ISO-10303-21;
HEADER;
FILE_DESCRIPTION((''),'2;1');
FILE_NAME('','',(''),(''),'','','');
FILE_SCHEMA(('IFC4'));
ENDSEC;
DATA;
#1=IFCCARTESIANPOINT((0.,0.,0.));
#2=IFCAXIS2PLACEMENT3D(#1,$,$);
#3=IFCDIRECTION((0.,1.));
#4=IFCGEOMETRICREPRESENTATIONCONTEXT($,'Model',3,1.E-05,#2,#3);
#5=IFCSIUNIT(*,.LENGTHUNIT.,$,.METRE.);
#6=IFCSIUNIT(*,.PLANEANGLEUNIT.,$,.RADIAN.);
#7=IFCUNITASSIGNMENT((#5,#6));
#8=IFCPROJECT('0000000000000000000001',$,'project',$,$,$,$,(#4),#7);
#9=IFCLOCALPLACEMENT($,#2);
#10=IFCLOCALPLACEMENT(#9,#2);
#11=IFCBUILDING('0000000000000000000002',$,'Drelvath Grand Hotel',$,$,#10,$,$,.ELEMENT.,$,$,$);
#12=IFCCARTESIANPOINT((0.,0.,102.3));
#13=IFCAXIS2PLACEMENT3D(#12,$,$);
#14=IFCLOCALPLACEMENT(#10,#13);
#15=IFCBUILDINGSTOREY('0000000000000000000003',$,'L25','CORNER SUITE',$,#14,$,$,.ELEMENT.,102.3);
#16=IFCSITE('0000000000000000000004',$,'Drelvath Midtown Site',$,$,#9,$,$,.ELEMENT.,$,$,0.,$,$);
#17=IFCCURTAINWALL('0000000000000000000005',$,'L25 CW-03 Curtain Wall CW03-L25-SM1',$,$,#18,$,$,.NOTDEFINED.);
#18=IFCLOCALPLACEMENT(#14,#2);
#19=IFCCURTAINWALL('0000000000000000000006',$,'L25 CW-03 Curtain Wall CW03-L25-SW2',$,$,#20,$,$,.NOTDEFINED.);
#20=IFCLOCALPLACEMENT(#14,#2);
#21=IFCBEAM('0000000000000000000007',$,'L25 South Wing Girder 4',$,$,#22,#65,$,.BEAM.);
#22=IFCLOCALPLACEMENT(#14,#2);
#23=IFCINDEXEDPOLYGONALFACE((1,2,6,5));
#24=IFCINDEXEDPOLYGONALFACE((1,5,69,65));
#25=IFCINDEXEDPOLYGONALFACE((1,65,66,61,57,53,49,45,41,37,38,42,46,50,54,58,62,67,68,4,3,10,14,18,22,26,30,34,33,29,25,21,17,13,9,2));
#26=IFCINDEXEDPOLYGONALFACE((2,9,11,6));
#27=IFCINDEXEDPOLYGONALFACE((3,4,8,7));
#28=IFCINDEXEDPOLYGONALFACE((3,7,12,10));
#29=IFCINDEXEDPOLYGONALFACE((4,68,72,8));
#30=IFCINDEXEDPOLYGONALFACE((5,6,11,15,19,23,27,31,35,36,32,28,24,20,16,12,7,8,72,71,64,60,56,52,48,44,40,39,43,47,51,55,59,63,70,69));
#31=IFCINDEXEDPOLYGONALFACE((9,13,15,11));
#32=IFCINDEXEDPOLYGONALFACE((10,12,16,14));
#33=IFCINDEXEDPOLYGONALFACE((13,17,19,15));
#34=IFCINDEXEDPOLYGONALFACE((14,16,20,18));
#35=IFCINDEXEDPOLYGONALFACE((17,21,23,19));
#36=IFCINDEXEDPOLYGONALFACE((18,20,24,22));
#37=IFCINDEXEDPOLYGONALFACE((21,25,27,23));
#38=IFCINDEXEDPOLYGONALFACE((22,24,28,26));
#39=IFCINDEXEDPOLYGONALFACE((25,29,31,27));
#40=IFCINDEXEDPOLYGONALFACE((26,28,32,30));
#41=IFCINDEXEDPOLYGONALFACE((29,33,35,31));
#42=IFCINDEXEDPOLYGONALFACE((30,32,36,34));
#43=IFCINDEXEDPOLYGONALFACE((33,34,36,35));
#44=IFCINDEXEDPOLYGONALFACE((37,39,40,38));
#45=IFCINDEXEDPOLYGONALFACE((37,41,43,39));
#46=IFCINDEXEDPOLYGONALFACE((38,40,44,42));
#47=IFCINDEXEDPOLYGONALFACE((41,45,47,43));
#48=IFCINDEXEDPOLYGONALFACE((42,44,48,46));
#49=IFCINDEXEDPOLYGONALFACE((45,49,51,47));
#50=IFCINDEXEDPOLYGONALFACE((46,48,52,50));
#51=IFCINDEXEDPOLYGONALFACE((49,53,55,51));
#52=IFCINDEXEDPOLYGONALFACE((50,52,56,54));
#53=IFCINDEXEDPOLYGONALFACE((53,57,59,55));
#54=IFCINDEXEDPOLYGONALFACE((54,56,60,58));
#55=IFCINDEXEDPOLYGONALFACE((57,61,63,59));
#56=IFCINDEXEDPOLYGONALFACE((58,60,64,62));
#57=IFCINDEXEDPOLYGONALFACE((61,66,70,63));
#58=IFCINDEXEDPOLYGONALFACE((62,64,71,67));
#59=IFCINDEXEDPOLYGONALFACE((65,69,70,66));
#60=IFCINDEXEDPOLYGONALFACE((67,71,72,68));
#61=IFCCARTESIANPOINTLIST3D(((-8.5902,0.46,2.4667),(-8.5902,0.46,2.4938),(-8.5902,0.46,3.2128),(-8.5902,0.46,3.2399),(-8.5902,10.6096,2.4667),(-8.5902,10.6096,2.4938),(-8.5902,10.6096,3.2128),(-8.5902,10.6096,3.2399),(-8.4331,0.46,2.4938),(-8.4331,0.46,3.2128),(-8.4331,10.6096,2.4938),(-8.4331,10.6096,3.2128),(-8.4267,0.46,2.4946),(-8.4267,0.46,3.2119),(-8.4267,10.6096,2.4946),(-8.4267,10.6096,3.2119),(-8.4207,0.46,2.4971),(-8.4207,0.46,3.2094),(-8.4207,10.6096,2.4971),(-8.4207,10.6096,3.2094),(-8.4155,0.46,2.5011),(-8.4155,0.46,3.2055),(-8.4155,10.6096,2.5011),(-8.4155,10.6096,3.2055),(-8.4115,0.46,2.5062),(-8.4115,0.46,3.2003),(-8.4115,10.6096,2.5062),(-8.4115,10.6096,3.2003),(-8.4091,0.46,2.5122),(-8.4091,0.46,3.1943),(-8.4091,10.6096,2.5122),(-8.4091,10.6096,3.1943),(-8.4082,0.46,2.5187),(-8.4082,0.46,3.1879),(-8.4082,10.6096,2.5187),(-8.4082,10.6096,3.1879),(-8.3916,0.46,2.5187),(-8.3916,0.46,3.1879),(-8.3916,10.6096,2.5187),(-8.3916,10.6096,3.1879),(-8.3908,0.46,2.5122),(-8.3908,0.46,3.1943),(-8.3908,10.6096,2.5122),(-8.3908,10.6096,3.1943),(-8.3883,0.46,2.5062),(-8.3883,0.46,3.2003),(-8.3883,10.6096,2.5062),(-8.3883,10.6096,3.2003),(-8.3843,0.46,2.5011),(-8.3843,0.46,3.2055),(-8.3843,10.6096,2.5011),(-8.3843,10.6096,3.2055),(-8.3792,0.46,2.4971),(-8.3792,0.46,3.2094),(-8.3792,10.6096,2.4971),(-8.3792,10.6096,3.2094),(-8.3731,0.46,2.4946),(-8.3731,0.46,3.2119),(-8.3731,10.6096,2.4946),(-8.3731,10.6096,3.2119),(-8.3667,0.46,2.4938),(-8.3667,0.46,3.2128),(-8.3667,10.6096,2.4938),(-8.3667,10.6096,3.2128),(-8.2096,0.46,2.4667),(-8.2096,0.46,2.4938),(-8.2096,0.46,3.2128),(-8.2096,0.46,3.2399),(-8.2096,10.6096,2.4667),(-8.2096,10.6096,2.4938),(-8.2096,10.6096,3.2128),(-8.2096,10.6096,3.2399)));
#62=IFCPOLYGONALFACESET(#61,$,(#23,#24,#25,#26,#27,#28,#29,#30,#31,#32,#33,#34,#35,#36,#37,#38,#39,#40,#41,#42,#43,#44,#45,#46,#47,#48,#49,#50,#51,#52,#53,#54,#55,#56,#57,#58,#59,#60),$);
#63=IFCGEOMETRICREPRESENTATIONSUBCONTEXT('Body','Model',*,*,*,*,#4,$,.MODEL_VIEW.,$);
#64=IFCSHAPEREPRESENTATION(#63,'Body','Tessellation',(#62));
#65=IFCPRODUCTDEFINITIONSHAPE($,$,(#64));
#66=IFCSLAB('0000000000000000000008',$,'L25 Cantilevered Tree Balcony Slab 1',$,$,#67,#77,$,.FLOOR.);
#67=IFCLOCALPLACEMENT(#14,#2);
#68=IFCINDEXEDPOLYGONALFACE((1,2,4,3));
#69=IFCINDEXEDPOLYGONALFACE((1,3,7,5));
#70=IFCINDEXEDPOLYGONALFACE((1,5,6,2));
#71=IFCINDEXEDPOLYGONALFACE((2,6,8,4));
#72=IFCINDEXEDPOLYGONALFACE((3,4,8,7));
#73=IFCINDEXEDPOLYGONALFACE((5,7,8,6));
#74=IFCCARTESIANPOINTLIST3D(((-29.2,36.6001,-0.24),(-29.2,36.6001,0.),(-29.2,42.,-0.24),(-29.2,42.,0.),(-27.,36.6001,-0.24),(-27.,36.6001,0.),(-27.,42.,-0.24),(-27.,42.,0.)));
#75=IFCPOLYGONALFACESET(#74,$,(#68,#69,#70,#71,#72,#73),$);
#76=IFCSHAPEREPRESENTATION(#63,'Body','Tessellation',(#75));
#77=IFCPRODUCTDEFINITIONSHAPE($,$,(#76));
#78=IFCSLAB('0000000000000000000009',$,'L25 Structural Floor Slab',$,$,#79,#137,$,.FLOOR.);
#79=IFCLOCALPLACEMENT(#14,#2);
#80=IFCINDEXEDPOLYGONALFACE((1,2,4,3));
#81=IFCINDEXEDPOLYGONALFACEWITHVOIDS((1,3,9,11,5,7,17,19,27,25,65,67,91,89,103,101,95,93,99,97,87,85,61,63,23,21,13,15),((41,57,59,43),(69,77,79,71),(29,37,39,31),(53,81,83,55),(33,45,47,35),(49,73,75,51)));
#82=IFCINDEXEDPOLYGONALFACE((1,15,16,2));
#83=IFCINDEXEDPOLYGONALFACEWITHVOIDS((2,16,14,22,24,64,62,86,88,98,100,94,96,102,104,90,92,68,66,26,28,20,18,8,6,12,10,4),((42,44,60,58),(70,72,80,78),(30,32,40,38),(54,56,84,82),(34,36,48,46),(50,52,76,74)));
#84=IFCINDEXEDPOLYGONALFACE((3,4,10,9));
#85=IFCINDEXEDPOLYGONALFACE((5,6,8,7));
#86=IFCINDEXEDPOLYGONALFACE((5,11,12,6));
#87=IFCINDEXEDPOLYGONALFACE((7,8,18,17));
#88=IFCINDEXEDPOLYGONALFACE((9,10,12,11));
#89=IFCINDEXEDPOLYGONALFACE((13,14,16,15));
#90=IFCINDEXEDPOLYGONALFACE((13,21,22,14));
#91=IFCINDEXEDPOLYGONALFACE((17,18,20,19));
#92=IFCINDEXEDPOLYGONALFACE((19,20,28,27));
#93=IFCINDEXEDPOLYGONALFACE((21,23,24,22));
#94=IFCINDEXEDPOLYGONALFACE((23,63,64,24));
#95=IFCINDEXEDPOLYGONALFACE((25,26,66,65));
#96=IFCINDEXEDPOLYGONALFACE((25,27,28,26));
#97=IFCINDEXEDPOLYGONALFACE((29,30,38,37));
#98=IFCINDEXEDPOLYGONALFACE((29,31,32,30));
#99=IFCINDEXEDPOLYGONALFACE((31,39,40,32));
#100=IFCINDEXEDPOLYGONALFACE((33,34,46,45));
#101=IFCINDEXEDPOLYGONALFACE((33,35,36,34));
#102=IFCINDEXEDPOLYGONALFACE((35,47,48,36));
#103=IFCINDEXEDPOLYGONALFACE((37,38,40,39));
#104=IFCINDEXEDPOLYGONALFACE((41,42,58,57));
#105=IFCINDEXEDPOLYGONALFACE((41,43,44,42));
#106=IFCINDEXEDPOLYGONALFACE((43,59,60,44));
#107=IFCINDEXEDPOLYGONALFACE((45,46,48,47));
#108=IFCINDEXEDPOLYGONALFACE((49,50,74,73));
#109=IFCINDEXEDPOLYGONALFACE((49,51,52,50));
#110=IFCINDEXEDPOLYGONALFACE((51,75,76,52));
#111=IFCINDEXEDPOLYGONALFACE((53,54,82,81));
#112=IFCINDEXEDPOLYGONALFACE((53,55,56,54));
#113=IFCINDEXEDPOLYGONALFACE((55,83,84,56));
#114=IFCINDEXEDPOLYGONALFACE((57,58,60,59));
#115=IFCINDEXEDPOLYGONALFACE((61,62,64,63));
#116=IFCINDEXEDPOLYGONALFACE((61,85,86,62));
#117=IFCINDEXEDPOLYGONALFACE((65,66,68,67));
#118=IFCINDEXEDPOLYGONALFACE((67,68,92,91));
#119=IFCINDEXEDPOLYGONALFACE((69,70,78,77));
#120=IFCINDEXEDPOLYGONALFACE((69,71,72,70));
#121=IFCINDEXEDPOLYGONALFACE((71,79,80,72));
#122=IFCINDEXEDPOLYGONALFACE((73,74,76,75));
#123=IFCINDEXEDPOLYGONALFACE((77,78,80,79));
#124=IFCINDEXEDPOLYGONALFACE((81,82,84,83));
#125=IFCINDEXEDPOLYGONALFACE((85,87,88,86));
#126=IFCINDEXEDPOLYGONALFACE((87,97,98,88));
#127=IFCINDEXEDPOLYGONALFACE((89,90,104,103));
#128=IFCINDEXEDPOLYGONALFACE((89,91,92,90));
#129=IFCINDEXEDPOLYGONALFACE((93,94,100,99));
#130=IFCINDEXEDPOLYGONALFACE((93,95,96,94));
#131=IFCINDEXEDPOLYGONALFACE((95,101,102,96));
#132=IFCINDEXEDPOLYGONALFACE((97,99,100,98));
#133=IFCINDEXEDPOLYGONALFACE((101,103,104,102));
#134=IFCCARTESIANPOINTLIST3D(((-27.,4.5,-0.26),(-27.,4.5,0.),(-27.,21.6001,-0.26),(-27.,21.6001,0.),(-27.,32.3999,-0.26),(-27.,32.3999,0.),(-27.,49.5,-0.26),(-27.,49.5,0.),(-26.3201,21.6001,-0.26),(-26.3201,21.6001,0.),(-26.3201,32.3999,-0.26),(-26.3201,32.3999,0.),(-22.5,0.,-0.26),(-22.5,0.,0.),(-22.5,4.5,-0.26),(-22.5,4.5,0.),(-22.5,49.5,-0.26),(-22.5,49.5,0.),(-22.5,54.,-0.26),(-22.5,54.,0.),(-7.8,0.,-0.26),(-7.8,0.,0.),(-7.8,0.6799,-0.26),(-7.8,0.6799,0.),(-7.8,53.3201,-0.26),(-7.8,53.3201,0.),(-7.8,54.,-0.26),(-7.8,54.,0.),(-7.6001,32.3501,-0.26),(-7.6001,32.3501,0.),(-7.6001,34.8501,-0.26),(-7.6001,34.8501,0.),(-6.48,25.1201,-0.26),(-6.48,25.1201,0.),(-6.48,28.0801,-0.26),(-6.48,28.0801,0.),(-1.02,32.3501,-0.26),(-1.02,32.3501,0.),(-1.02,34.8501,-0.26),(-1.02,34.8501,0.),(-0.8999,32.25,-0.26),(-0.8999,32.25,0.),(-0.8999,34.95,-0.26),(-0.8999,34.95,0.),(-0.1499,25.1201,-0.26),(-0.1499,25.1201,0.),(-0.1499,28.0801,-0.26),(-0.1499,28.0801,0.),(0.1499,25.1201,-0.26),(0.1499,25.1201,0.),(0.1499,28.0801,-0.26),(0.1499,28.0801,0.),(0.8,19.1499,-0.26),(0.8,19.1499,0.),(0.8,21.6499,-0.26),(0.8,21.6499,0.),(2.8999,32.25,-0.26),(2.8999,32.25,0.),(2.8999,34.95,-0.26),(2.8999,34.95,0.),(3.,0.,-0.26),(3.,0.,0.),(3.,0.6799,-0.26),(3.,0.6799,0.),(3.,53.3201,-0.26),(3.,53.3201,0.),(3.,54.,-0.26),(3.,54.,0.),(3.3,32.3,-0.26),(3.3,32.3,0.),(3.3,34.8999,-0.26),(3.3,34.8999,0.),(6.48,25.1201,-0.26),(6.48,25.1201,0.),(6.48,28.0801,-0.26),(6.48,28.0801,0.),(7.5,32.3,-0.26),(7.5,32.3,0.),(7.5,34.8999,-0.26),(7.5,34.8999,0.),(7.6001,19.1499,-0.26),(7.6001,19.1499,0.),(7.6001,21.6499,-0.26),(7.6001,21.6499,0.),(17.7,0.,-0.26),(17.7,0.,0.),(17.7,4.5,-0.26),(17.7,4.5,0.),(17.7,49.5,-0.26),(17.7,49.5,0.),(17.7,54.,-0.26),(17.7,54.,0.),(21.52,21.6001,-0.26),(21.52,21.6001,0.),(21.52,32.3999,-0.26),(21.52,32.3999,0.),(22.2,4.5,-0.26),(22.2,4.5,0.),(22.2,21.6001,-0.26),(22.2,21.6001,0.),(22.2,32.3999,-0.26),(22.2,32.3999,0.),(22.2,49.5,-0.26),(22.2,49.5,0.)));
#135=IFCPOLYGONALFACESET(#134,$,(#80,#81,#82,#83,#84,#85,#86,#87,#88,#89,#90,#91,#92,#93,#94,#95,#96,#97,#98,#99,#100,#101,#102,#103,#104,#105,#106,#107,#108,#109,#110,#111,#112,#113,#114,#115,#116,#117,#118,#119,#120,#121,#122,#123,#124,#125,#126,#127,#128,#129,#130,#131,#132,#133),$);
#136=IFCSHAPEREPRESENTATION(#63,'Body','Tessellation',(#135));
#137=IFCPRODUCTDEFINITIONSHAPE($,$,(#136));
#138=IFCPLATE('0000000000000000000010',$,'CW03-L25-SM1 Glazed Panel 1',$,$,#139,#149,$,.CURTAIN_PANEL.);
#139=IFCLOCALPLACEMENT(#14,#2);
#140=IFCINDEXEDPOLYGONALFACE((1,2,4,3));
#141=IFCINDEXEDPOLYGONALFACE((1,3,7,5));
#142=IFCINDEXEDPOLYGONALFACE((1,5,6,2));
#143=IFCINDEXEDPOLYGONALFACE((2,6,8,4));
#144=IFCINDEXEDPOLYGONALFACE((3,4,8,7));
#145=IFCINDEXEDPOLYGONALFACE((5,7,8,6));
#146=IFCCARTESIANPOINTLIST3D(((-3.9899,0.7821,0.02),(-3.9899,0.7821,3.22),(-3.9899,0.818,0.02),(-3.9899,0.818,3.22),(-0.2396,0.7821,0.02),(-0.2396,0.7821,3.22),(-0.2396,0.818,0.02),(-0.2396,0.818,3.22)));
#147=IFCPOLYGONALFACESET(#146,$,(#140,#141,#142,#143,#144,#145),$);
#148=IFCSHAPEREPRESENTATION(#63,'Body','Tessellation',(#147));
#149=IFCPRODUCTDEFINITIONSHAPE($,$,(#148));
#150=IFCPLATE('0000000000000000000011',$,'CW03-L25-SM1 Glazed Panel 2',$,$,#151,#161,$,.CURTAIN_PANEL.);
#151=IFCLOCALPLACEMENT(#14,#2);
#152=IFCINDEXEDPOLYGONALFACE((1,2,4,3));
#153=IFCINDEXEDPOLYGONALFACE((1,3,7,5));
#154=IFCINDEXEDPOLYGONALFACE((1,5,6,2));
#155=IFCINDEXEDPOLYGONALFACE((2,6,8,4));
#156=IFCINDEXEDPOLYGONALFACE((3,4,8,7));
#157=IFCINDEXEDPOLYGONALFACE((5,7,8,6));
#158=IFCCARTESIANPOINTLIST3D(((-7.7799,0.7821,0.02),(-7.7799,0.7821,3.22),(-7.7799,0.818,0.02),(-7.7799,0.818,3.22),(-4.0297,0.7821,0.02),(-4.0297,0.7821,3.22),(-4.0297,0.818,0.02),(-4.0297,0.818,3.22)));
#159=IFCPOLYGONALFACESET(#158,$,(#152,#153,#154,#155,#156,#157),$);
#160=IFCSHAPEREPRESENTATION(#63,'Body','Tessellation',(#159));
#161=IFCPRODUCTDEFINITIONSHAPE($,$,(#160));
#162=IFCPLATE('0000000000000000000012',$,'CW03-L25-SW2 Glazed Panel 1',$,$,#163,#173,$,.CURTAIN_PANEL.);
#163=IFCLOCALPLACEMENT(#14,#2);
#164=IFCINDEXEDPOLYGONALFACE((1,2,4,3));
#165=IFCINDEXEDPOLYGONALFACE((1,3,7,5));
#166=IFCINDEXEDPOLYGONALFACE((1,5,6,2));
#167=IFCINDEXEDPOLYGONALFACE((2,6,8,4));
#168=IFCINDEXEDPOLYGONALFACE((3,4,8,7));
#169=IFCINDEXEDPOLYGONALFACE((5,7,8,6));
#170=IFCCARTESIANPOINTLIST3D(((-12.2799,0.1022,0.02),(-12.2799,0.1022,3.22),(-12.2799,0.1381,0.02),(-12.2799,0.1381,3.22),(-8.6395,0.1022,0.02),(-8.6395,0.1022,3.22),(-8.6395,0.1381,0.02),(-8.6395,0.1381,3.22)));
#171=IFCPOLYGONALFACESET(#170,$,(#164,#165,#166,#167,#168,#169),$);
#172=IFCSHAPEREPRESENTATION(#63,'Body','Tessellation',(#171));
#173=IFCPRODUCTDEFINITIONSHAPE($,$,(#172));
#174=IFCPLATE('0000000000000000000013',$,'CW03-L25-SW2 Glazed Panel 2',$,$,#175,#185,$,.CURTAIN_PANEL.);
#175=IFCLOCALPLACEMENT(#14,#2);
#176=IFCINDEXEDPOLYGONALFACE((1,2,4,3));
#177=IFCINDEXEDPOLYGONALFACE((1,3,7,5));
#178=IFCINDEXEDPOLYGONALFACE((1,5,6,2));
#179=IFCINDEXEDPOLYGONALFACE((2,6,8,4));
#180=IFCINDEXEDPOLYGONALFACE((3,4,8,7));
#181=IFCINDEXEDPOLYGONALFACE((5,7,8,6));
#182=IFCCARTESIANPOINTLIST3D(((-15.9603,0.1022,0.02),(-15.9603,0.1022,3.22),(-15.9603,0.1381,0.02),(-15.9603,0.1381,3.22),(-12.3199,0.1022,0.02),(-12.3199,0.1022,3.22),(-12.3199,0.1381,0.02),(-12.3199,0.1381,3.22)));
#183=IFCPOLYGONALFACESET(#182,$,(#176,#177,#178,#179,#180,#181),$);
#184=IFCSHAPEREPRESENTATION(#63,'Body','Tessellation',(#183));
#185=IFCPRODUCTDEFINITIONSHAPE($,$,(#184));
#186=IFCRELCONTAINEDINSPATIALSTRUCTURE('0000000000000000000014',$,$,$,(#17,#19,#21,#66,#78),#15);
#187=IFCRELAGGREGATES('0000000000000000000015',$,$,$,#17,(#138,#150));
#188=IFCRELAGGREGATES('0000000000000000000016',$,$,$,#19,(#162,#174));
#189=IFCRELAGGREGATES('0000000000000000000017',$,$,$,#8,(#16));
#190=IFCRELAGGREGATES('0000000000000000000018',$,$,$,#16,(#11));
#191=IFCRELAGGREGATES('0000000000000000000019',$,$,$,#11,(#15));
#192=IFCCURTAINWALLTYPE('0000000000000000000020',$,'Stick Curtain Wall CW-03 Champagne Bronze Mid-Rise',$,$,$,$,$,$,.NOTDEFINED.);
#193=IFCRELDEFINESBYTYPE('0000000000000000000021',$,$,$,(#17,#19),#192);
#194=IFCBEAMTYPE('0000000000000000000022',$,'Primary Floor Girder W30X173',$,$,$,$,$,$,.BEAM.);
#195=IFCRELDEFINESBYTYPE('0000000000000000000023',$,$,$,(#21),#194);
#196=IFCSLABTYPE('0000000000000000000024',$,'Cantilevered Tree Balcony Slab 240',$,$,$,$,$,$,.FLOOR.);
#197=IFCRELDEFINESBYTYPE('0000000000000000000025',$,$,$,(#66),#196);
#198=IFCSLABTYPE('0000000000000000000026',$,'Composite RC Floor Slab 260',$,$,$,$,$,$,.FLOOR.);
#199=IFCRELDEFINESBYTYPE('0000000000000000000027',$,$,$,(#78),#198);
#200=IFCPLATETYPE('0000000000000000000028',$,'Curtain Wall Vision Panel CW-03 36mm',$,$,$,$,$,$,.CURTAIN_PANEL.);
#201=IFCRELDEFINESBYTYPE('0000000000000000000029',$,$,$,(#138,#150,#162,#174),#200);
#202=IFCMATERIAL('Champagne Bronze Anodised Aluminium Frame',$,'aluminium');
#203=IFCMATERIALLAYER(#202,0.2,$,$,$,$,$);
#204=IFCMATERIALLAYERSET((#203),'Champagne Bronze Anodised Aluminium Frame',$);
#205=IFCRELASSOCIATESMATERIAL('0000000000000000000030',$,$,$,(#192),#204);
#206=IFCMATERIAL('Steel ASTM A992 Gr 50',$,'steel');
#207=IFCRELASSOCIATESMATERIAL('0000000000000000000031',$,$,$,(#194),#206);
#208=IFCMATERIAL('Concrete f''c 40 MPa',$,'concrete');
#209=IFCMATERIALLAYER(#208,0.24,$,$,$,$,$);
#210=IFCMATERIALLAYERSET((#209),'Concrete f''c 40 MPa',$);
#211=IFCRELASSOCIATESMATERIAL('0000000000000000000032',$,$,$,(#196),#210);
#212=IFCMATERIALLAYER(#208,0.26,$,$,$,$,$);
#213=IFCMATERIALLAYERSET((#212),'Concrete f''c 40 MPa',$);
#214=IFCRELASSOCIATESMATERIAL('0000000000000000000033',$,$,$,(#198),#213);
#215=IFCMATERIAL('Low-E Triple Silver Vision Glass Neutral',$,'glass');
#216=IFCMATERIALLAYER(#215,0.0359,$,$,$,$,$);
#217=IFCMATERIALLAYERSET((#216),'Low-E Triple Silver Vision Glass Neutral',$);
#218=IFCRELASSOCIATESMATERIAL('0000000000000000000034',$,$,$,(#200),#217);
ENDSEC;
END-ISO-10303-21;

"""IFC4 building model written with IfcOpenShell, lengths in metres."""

from ifc_helpers import new_model, si_unit, direction, frame, origin, origin_2d, place, context, subcontext, project, spatial, polyline, rectangle, i_section, outline, extrude, material, layer, layer_set, material_profile, profile_set, type_object, element, aggregate, save


model = new_model("IFC4")

# Units and contexts
model_context = context("Model", 3, precision=1e-05, world=origin(), true_north=direction((0.0, 1.0)))
body_context = subcontext(model_context, "Body", "Model", "MODEL_VIEW")
ifc_project = project(units=[si_unit("LENGTHUNIT", "METRE"), si_unit("PLANEANGLEUNIT", "RADIAN")], contexts=[model_context])

# Site, building, storey
site_placement = place(None, origin())
site = spatial("IfcSite", under=ifc_project, at=site_placement, Name="Drelvath Midtown Site", CompositionType="ELEMENT", RefElevation=0.0)
building_placement = place(site_placement, origin())
building = spatial("IfcBuilding", under=site, at=building_placement, Name="Drelvath Grand Hotel", CompositionType="ELEMENT")
storey_placement = place(building_placement, frame((0.0, 0.0, 102.3)))
storey = spatial("IfcBuildingStorey", under=building, at=storey_placement, Name="L25", Description="CORNER SUITE", CompositionType="ELEMENT", Elevation=102.3)

# Shared definitions
ifc_material_1 = material(Name="Steel ASTM A992 Gr 50", Category="steel")

# Curtain walls
ifc_material_2 = material(Name="Champagne Bronze Anodised Aluminium Frame", Category="aluminium")
ifc_layer_1 = layer(ifc_material_2, 0.2)
ifc_layer_set_1 = layer_set([ifc_layer_1], Name="Champagne Bronze Anodised Aluminium Frame")
curtain_wall_type = type_object("IfcCurtainWallType", Name="Stick Curtain Wall CW-03 Champagne Bronze Mid-Rise", PredefinedType="NOTDEFINED", material=ifc_layer_set_1)
curtain_wall_1_placement = place(storey_placement, origin())
curtain_wall_1 = element("IfcCurtainWall", 1, at=curtain_wall_1_placement, inside=storey, type_object=curtain_wall_type, Name="L25 CW-03 Curtain Wall CW03-L25-SM1", PredefinedType="NOTDEFINED")
curtain_wall_2_placement = place(storey_placement, origin())
curtain_wall_2 = element("IfcCurtainWall", 2, at=curtain_wall_2_placement, inside=storey, type_object=curtain_wall_type, Name="L25 CW-03 Curtain Wall CW03-L25-SW2", PredefinedType="NOTDEFINED")

# Beam
ifc_material_profile_1 = material_profile(ifc_material_1, i_section(OverallWidth=0.3806, OverallDepth=0.7732, WebThickness=0.0166, FlangeThickness=0.0271, FilletRadius=0.0249, at=origin_2d()), Name="W30X173")
ifc_profile_set_1 = profile_set([ifc_material_profile_1], Name="Steel ASTM A992 Gr 50")
beam_type_1 = type_object("IfcBeamType", Name="Primary Floor Girder W30X173", PredefinedType="BEAM", material=ifc_profile_set_1)
beam_1_placement = place(storey_placement, frame((-8.3999, 0.46, 2.8533), z_axis=(0.0, 1.0, 0.0), x_axis=(-1.0, 0.0, 0.0)))
element("IfcBeam", 3, at=beam_1_placement, inside=storey, type_object=beam_type_1, Name="L25 South Wing Girder 4", PredefinedType="BEAM", context=body_context, shape_type="SweptSolid", body=[
    extrude(i_section(OverallWidth=0.3806, OverallDepth=0.7732, WebThickness=0.0166, FlangeThickness=0.0271, FilletRadius=0.0249, at=origin_2d()), origin(), (0.0, 0.0, 1.0), 10.1497),
])

# Slabs
ifc_material_3 = material(Name="Concrete f'c 40 MPa", Category="concrete")
ifc_layer_2 = layer(ifc_material_3, 0.24)
ifc_layer_set_2 = layer_set([ifc_layer_2], Name="Concrete f'c 40 MPa")
slab_type_1 = type_object("IfcSlabType", Name="Cantilevered Tree Balcony Slab 240", PredefinedType="FLOOR", material=ifc_layer_set_2)
slab_1_placement = place(storey_placement, frame((0.0, 0.0, -0.24)))
element("IfcSlab", 4, at=slab_1_placement, inside=storey, type_object=slab_type_1, Name="L25 Cantilevered Tree Balcony Slab 1", PredefinedType="FLOOR", context=body_context, shape_type="SweptSolid", body=[
    extrude(outline(polyline([(-29.2, 36.6001), (-27.0, 36.6001), (-27.0, 42.0), (-29.2, 42.0), (-29.2, 36.6001)])), origin(), (0.0, 0.0, 1.0), 0.24),
])
ifc_layer_3 = layer(ifc_material_3, 0.26)
ifc_layer_set_3 = layer_set([ifc_layer_3], Name="Concrete f'c 40 MPa")
slab_type_2 = type_object("IfcSlabType", Name="Composite RC Floor Slab 260", PredefinedType="FLOOR", material=ifc_layer_set_3)
slab_2_placement = place(storey_placement, frame((0.0, 0.0, -0.26)))
element("IfcSlab", 5, at=slab_2_placement, inside=storey, type_object=slab_type_2, Name="L25 Structural Floor Slab", PredefinedType="FLOOR", context=body_context, shape_type="SweptSolid", body=[
    extrude(outline(polyline([(-22.5, 0.0), (-7.8, 0.0), (-7.8, 0.6799), (3.0, 0.6799), (3.0, 0.0), (17.7, 0.0), (17.7, 4.5), (22.2, 4.5), (22.2, 21.6001), (21.52, 21.6001), (21.52, 32.3999), (22.2, 32.3999), (22.2, 49.5), (17.7, 49.5), (17.7, 54.0), (3.0, 54.0), (3.0, 53.3201), (-7.8, 53.3201), (-7.8, 54.0), (-22.5, 54.0), (-22.5, 49.5), (-27.0, 49.5), (-27.0, 32.3999), (-26.3201, 32.3999), (-26.3201, 21.6001), (-27.0, 21.6001), (-27.0, 4.5), (-22.5, 4.5), (-22.5, 0.0)]), holes=[polyline([(-6.48, 25.1201), (-6.48, 28.0801), (-0.1499, 28.0801), (-0.1499, 25.1201), (-6.48, 25.1201)]), polyline([(0.1499, 25.1201), (0.1499, 28.0801), (6.48, 28.0801), (6.48, 25.1201), (0.1499, 25.1201)]), polyline([(0.8, 19.1499), (0.8, 21.6499), (7.6001, 21.6499), (7.6001, 19.1499), (0.8, 19.1499)]), polyline([(-7.6001, 32.3501), (-7.6001, 34.8501), (-1.02, 34.8501), (-1.02, 32.3501), (-7.6001, 32.3501)]), polyline([(-0.8999, 32.25), (-0.8999, 34.95), (2.8999, 34.95), (2.8999, 32.25), (-0.8999, 32.25)]), polyline([(3.3, 32.3), (3.3, 34.8999), (7.5, 34.8999), (7.5, 32.3), (3.3, 32.3)])]), origin(), (0.0, 0.0, 1.0), 0.26),
])

# Plates
ifc_material_4 = material(Name="Low-E Triple Silver Vision Glass Neutral", Category="glass")
ifc_layer_4 = layer(ifc_material_4, 0.0359)
ifc_layer_set_4 = layer_set([ifc_layer_4], Name="Low-E Triple Silver Vision Glass Neutral")
plate_type = type_object("IfcPlateType", Name="Curtain Wall Vision Panel CW-03 36mm", PredefinedType="CURTAIN_PANEL", material=ifc_layer_set_4)
plate_1_placement = place(storey_placement, frame((-2.1147, 0.8, 0.02), z_axis=(0.0, 0.0, 1.0), x_axis=(-1.0, 0.0, 0.0)))
plate_1 = element("IfcPlate", 6, at=plate_1_placement, type_object=plate_type, Name="CW03-L25-SM1 Glazed Panel 1", PredefinedType="CURTAIN_PANEL", context=body_context, shape_type="SweptSolid", body=[
    extrude(rectangle(XDim=3.7502, YDim=0.0359, at=origin_2d()), origin(), (0.0, 0.0, 1.0), 3.2),
])
plate_2_placement = place(storey_placement, frame((-5.9048, 0.8, 0.02), z_axis=(0.0, 0.0, 1.0), x_axis=(-1.0, 0.0, 0.0)))
plate_2 = element("IfcPlate", 7, at=plate_2_placement, type_object=plate_type, Name="CW03-L25-SM1 Glazed Panel 2", PredefinedType="CURTAIN_PANEL", context=body_context, shape_type="SweptSolid", body=[
    extrude(rectangle(XDim=3.7502, YDim=0.0359, at=origin_2d()), origin(), (0.0, 0.0, 1.0), 3.2),
])
aggregate(curtain_wall_1, [plate_1, plate_2])
plate_3_placement = place(storey_placement, frame((-10.4597, 0.1201, 0.02), z_axis=(0.0, 0.0, 1.0), x_axis=(-1.0, 0.0, 0.0)))
plate_3 = element("IfcPlate", 8, at=plate_3_placement, type_object=plate_type, Name="CW03-L25-SW2 Glazed Panel 1", PredefinedType="CURTAIN_PANEL", context=body_context, shape_type="SweptSolid", body=[
    extrude(rectangle(XDim=3.6404, YDim=0.0359, at=origin_2d()), origin(), (0.0, 0.0, 1.0), 3.2),
])
plate_4_placement = place(storey_placement, frame((-14.1401, 0.1201, 0.02), z_axis=(0.0, 0.0, 1.0), x_axis=(-1.0, 0.0, 0.0)))
plate_4 = element("IfcPlate", 9, at=plate_4_placement, type_object=plate_type, Name="CW03-L25-SW2 Glazed Panel 2", PredefinedType="CURTAIN_PANEL", context=body_context, shape_type="SweptSolid", body=[
    extrude(rectangle(XDim=3.6404, YDim=0.0359, at=origin_2d()), origin(), (0.0, 0.0, 1.0), 3.2),
])
aggregate(curtain_wall_2, [plate_3, plate_4])

save(model, "model.ifc")
